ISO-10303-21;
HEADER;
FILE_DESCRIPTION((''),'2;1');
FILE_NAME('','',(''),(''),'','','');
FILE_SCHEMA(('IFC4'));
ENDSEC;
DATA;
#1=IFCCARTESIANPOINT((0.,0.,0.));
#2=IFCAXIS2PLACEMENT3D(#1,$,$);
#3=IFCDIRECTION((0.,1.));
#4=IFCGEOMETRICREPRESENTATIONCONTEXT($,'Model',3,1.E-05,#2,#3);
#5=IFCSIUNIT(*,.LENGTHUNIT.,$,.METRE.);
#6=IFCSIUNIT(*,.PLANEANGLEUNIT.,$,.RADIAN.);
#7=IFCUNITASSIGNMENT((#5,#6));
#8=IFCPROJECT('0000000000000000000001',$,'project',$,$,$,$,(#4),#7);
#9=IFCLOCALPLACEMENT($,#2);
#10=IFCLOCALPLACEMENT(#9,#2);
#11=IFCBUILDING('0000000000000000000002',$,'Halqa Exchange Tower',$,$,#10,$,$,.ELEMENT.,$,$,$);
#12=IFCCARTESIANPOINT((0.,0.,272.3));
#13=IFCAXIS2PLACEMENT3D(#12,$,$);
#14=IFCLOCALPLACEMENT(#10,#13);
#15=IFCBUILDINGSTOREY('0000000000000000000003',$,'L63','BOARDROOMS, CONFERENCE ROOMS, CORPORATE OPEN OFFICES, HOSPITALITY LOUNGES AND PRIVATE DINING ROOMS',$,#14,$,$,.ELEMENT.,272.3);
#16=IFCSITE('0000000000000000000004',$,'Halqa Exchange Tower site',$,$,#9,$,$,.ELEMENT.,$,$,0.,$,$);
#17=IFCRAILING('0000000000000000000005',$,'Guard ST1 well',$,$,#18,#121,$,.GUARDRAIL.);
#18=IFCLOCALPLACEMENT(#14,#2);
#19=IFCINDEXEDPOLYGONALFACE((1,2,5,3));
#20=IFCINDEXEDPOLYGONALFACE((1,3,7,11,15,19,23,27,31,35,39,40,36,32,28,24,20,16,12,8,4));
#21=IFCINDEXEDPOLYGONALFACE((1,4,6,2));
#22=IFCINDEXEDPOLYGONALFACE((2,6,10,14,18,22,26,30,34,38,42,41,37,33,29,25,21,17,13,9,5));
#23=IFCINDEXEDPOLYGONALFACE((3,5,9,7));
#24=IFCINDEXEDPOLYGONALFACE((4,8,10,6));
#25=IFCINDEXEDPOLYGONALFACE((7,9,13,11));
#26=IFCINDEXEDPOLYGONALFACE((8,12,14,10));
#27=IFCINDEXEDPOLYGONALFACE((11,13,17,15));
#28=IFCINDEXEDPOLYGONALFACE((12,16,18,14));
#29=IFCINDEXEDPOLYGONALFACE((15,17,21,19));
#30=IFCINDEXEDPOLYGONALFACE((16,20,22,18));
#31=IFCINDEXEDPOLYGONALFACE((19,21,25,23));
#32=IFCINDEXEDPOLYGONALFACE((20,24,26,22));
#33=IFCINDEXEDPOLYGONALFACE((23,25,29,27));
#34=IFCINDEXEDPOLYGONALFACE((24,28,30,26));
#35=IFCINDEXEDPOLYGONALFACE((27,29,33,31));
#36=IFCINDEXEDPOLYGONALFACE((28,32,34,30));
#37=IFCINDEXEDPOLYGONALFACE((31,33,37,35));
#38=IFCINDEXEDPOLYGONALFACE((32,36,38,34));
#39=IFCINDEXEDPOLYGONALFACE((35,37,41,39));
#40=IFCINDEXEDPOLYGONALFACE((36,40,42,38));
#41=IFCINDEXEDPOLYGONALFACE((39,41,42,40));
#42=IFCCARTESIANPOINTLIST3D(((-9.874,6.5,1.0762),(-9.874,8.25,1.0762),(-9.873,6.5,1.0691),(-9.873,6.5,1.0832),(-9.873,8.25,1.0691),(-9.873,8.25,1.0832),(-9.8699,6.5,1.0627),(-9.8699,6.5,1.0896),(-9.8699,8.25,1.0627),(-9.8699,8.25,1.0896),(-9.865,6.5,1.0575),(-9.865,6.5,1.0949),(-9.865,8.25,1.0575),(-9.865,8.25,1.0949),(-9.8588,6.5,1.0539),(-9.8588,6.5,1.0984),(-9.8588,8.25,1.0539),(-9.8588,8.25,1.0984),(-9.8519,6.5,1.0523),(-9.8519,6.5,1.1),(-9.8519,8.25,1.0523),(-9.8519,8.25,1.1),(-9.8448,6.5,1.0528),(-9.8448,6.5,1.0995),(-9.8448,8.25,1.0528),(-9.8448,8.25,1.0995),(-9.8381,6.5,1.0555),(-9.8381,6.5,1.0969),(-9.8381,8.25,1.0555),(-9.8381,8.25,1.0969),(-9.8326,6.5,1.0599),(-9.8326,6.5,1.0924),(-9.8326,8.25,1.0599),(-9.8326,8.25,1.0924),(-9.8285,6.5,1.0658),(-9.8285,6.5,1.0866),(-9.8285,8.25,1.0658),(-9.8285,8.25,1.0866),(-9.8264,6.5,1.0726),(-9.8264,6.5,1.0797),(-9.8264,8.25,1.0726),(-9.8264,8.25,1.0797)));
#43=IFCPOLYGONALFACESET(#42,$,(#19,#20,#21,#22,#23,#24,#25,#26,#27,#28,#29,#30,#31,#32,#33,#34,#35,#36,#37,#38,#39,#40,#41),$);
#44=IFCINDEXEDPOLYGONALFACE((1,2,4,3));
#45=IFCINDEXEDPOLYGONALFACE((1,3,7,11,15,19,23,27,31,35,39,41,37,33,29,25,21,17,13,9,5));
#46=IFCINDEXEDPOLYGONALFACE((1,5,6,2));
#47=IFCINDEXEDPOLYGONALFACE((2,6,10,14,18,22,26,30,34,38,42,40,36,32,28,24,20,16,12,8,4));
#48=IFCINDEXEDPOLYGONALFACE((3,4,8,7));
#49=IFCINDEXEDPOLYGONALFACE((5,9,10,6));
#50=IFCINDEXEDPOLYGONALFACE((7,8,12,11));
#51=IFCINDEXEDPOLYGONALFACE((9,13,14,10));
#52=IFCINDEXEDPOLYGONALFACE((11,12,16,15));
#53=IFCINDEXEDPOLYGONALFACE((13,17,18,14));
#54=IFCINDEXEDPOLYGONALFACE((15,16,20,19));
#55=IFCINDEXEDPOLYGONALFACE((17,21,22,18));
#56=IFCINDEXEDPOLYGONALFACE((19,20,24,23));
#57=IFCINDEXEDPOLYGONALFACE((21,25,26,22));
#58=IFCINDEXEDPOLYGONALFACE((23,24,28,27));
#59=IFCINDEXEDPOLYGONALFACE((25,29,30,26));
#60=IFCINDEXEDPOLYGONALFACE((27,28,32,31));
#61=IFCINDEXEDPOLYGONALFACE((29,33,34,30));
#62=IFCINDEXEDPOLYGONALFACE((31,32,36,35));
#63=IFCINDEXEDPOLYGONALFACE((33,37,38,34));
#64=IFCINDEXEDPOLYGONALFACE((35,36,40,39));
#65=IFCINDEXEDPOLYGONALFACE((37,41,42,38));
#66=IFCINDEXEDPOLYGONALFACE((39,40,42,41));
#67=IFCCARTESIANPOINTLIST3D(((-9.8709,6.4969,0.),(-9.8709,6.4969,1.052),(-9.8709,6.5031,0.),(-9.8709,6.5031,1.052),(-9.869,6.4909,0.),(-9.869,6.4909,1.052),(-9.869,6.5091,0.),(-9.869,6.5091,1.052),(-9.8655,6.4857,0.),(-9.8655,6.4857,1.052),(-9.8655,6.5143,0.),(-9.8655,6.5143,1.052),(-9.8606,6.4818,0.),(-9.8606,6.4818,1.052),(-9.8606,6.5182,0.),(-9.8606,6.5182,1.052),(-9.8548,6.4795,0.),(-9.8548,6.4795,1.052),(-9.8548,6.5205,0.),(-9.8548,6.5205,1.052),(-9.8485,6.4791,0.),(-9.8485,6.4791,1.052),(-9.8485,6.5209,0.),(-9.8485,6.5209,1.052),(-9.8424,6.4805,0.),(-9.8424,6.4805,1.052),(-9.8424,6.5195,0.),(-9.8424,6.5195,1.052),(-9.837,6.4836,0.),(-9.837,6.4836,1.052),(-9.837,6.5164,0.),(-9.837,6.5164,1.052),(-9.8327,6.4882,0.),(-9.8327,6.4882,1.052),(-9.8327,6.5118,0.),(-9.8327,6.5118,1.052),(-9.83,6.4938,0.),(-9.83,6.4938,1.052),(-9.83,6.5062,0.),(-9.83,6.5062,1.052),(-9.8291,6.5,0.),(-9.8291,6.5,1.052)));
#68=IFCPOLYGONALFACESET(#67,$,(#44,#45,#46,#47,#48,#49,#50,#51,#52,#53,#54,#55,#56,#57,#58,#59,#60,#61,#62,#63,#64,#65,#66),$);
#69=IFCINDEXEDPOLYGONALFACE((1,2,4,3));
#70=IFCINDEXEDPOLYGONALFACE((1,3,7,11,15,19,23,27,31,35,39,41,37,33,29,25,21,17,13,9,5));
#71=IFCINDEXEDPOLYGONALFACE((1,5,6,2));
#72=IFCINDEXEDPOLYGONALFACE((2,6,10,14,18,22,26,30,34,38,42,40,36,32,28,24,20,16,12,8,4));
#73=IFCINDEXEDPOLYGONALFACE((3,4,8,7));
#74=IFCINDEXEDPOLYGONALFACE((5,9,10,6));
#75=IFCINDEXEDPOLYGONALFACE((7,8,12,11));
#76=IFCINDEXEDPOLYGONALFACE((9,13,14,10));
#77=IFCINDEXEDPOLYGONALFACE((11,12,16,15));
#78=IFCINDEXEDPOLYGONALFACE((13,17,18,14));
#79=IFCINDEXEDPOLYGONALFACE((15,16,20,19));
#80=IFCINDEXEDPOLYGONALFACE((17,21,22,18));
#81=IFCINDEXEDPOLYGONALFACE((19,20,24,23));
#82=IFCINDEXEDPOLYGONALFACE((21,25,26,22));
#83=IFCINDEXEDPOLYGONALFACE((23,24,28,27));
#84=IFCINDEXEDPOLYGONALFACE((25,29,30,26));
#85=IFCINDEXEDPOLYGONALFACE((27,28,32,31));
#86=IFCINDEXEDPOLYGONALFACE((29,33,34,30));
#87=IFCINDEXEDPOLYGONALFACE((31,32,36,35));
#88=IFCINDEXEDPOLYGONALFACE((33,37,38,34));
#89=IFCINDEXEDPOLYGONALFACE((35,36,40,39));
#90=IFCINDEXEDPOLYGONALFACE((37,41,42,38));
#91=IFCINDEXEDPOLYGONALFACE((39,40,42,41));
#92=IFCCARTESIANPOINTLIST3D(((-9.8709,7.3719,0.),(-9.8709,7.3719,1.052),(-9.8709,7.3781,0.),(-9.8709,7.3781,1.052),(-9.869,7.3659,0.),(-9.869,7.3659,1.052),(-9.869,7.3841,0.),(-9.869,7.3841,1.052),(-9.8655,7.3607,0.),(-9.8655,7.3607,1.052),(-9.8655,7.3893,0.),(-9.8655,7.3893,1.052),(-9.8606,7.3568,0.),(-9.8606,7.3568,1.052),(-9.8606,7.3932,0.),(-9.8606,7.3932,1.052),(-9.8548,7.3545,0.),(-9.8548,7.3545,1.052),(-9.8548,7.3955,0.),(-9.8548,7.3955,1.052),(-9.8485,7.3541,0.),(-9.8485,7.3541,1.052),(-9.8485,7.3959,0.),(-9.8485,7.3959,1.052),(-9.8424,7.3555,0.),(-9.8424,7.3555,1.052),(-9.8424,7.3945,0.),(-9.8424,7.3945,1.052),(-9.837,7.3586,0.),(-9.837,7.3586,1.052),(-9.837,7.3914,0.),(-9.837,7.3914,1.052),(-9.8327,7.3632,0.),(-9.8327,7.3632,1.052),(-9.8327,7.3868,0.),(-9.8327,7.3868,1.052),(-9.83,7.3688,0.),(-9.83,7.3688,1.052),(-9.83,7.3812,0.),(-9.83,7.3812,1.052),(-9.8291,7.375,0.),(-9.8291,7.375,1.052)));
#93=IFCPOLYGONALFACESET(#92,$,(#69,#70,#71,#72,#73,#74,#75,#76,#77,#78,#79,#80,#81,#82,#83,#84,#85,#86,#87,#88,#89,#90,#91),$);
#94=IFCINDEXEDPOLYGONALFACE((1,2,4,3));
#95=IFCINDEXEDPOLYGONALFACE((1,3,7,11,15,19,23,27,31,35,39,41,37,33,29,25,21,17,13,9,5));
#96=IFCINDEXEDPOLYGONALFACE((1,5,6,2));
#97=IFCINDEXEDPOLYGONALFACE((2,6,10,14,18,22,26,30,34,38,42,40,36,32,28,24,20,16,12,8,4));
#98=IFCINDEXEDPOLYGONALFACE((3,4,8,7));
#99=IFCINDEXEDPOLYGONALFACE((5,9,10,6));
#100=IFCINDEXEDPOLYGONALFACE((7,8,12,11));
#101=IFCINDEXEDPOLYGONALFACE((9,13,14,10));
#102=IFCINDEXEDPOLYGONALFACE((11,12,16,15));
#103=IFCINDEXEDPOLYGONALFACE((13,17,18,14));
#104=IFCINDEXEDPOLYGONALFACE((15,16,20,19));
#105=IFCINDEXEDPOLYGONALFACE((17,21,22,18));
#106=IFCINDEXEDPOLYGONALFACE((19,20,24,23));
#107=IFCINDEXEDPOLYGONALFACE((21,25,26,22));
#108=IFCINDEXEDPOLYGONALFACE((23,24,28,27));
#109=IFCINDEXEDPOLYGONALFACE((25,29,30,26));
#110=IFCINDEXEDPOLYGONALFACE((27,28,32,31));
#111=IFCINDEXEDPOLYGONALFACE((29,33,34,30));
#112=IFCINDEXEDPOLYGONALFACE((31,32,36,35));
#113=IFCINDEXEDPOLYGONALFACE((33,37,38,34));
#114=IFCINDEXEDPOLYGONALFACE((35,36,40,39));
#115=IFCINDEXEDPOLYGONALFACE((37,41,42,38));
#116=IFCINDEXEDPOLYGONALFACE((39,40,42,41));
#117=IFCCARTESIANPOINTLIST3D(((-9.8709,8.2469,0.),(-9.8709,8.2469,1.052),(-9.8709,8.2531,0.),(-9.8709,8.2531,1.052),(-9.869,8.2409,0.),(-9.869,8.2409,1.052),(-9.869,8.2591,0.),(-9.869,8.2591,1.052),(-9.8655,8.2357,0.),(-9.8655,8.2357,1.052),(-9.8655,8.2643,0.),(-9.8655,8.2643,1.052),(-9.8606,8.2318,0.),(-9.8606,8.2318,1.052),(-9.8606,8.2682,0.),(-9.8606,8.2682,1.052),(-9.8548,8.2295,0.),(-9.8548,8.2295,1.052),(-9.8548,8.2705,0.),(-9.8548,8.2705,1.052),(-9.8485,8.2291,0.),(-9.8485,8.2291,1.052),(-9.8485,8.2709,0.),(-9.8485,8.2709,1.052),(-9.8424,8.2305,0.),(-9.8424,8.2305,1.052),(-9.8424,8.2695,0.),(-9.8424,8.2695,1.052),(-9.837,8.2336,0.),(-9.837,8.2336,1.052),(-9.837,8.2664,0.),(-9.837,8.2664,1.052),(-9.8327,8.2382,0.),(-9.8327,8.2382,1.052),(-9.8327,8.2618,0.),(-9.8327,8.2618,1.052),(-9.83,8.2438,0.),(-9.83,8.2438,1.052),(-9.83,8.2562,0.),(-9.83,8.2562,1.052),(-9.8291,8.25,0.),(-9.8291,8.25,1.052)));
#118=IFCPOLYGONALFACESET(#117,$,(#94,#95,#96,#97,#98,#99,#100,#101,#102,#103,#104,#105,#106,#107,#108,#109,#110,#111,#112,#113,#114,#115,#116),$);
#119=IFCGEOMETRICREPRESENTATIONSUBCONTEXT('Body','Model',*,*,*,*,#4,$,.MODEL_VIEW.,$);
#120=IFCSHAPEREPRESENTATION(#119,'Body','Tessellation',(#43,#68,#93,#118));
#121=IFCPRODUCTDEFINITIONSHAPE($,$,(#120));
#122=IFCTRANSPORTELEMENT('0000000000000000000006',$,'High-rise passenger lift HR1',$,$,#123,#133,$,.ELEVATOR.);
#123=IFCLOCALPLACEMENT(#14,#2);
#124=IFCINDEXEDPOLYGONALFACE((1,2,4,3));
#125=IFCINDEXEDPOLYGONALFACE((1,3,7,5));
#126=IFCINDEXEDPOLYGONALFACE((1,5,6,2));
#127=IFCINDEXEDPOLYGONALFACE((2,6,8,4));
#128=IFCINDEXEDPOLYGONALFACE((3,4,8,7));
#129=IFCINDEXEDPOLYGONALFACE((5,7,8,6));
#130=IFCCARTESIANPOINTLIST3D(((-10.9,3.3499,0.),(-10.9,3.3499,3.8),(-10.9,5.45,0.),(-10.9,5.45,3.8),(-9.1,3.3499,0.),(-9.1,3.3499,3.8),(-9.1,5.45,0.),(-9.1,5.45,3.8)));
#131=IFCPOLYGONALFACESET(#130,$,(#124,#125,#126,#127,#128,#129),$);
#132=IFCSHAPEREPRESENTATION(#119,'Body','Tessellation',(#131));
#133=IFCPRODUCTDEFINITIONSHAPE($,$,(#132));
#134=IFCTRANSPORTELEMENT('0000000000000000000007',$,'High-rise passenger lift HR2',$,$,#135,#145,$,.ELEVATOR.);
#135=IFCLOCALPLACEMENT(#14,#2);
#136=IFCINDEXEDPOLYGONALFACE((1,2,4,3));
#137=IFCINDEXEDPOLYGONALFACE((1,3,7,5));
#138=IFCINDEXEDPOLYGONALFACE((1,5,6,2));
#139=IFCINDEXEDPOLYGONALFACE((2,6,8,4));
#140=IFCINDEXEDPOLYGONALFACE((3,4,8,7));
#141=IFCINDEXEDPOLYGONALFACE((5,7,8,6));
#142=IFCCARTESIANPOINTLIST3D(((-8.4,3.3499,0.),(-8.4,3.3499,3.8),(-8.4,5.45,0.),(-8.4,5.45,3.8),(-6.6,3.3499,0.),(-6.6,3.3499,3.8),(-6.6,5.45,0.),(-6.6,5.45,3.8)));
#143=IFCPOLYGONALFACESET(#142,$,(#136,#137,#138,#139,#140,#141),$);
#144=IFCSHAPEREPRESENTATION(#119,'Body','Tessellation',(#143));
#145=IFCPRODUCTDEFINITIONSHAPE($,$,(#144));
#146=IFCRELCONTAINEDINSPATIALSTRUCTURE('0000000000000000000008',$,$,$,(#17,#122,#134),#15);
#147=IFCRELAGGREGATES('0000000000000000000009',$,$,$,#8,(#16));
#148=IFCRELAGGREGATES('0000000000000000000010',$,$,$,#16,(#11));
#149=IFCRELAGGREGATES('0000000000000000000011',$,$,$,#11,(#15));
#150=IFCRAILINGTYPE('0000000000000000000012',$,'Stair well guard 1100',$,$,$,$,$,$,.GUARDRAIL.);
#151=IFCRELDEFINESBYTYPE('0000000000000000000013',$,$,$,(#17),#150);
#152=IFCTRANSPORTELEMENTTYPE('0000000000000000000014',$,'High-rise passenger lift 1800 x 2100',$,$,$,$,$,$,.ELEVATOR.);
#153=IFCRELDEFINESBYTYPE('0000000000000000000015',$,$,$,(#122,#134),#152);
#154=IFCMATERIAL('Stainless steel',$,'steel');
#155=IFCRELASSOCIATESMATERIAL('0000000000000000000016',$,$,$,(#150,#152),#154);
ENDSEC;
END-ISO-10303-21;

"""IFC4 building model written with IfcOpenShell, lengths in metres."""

from ifc_helpers import new_model, si_unit, direction, frame, origin, origin_2d, place, context, subcontext, project, spatial, rectangle, circle, extrude, material, type_object, element, save


model = new_model("IFC4")

# Units and contexts
model_context = context("Model", 3, precision=1e-05, world=origin(), true_north=direction((0.0, 1.0)))
body_context = subcontext(model_context, "Body", "Model", "MODEL_VIEW")
ifc_project = project(units=[si_unit("LENGTHUNIT", "METRE"), si_unit("PLANEANGLEUNIT", "RADIAN")], contexts=[model_context])

# Site, building, storey
site_placement = place(None, origin())
site = spatial("IfcSite", under=ifc_project, at=site_placement, Name="Halqa Exchange Tower site", CompositionType="ELEMENT", RefElevation=0.0)
building_placement = place(site_placement, origin())
building = spatial("IfcBuilding", under=site, at=building_placement, Name="Halqa Exchange Tower", CompositionType="ELEMENT")
storey_placement = place(building_placement, frame((0.0, 0.0, 272.3)))
storey = spatial("IfcBuildingStorey", under=building, at=storey_placement, Name="L63", Description="BOARDROOMS, CONFERENCE ROOMS, CORPORATE OPEN OFFICES, HOSPITALITY LOUNGES AND PRIVATE DINING ROOMS", CompositionType="ELEMENT", Elevation=272.3)

# Shared definitions
ifc_material_1 = material(Name="Stainless steel", Category="steel")

# Railing
railing_type_1 = type_object("IfcRailingType", Name="Stair well guard 1100", PredefinedType="GUARDRAIL", material=ifc_material_1)
railing_1_placement = place(storey_placement, frame((-9.8501, 6.5, 0.0)))
element("IfcRailing", 1, at=railing_1_placement, inside=storey, type_object=railing_type_1, Name="Guard ST1 well", PredefinedType="GUARDRAIL", context=body_context, shape_type="SweptSolid", body=[
    extrude(circle(Radius=0.0239, at=origin_2d()), frame((0.0, 0.0, 1.0762), z_axis=(0.0, 1.0, 0.0), x_axis=(-1.0, 0.0, 0.0)), (0.0, 0.0, 1.0), 1.75),
    extrude(circle(Radius=0.021, at=origin_2d()), origin(), (0.0, 0.0, 1.0), 1.052),
    extrude(circle(Radius=0.021, at=origin_2d()), frame((0.0, 0.875, 0.0)), (0.0, 0.0, 1.0), 1.052),
    extrude(circle(Radius=0.021, at=origin_2d()), frame((0.0, 1.75, 0.0)), (0.0, 0.0, 1.0), 1.052),
])

# Transport elements
transport_element_type = type_object("IfcTransportElementType", Name="High-rise passenger lift 1800 x 2100", PredefinedType="ELEVATOR", material=ifc_material_1)
for number, where, z_axis, x_axis, name in (
    (2, (-10.0, 4.3999, 0.0), (0.0, 0.0, 1.0), (1.0, 0.0, 0.0), "High-rise passenger lift HR1"),
    (3, (-7.5, 4.3999, 0.0), (0.0, 0.0, 1.0), (1.0, 0.0, 0.0), "High-rise passenger lift HR2"),
):
    element("IfcTransportElement", number, at=place(storey_placement, frame(where, z_axis=z_axis, x_axis=x_axis)), inside=storey, type_object=transport_element_type, Name=name, PredefinedType="ELEVATOR", context=body_context, shape_type="SweptSolid", body=[
        extrude(rectangle(XDim=1.8, YDim=2.1001, at=origin_2d()), origin(), (0.0, 0.0, 1.0), 3.8),
    ])

save(model, "model.ifc")
